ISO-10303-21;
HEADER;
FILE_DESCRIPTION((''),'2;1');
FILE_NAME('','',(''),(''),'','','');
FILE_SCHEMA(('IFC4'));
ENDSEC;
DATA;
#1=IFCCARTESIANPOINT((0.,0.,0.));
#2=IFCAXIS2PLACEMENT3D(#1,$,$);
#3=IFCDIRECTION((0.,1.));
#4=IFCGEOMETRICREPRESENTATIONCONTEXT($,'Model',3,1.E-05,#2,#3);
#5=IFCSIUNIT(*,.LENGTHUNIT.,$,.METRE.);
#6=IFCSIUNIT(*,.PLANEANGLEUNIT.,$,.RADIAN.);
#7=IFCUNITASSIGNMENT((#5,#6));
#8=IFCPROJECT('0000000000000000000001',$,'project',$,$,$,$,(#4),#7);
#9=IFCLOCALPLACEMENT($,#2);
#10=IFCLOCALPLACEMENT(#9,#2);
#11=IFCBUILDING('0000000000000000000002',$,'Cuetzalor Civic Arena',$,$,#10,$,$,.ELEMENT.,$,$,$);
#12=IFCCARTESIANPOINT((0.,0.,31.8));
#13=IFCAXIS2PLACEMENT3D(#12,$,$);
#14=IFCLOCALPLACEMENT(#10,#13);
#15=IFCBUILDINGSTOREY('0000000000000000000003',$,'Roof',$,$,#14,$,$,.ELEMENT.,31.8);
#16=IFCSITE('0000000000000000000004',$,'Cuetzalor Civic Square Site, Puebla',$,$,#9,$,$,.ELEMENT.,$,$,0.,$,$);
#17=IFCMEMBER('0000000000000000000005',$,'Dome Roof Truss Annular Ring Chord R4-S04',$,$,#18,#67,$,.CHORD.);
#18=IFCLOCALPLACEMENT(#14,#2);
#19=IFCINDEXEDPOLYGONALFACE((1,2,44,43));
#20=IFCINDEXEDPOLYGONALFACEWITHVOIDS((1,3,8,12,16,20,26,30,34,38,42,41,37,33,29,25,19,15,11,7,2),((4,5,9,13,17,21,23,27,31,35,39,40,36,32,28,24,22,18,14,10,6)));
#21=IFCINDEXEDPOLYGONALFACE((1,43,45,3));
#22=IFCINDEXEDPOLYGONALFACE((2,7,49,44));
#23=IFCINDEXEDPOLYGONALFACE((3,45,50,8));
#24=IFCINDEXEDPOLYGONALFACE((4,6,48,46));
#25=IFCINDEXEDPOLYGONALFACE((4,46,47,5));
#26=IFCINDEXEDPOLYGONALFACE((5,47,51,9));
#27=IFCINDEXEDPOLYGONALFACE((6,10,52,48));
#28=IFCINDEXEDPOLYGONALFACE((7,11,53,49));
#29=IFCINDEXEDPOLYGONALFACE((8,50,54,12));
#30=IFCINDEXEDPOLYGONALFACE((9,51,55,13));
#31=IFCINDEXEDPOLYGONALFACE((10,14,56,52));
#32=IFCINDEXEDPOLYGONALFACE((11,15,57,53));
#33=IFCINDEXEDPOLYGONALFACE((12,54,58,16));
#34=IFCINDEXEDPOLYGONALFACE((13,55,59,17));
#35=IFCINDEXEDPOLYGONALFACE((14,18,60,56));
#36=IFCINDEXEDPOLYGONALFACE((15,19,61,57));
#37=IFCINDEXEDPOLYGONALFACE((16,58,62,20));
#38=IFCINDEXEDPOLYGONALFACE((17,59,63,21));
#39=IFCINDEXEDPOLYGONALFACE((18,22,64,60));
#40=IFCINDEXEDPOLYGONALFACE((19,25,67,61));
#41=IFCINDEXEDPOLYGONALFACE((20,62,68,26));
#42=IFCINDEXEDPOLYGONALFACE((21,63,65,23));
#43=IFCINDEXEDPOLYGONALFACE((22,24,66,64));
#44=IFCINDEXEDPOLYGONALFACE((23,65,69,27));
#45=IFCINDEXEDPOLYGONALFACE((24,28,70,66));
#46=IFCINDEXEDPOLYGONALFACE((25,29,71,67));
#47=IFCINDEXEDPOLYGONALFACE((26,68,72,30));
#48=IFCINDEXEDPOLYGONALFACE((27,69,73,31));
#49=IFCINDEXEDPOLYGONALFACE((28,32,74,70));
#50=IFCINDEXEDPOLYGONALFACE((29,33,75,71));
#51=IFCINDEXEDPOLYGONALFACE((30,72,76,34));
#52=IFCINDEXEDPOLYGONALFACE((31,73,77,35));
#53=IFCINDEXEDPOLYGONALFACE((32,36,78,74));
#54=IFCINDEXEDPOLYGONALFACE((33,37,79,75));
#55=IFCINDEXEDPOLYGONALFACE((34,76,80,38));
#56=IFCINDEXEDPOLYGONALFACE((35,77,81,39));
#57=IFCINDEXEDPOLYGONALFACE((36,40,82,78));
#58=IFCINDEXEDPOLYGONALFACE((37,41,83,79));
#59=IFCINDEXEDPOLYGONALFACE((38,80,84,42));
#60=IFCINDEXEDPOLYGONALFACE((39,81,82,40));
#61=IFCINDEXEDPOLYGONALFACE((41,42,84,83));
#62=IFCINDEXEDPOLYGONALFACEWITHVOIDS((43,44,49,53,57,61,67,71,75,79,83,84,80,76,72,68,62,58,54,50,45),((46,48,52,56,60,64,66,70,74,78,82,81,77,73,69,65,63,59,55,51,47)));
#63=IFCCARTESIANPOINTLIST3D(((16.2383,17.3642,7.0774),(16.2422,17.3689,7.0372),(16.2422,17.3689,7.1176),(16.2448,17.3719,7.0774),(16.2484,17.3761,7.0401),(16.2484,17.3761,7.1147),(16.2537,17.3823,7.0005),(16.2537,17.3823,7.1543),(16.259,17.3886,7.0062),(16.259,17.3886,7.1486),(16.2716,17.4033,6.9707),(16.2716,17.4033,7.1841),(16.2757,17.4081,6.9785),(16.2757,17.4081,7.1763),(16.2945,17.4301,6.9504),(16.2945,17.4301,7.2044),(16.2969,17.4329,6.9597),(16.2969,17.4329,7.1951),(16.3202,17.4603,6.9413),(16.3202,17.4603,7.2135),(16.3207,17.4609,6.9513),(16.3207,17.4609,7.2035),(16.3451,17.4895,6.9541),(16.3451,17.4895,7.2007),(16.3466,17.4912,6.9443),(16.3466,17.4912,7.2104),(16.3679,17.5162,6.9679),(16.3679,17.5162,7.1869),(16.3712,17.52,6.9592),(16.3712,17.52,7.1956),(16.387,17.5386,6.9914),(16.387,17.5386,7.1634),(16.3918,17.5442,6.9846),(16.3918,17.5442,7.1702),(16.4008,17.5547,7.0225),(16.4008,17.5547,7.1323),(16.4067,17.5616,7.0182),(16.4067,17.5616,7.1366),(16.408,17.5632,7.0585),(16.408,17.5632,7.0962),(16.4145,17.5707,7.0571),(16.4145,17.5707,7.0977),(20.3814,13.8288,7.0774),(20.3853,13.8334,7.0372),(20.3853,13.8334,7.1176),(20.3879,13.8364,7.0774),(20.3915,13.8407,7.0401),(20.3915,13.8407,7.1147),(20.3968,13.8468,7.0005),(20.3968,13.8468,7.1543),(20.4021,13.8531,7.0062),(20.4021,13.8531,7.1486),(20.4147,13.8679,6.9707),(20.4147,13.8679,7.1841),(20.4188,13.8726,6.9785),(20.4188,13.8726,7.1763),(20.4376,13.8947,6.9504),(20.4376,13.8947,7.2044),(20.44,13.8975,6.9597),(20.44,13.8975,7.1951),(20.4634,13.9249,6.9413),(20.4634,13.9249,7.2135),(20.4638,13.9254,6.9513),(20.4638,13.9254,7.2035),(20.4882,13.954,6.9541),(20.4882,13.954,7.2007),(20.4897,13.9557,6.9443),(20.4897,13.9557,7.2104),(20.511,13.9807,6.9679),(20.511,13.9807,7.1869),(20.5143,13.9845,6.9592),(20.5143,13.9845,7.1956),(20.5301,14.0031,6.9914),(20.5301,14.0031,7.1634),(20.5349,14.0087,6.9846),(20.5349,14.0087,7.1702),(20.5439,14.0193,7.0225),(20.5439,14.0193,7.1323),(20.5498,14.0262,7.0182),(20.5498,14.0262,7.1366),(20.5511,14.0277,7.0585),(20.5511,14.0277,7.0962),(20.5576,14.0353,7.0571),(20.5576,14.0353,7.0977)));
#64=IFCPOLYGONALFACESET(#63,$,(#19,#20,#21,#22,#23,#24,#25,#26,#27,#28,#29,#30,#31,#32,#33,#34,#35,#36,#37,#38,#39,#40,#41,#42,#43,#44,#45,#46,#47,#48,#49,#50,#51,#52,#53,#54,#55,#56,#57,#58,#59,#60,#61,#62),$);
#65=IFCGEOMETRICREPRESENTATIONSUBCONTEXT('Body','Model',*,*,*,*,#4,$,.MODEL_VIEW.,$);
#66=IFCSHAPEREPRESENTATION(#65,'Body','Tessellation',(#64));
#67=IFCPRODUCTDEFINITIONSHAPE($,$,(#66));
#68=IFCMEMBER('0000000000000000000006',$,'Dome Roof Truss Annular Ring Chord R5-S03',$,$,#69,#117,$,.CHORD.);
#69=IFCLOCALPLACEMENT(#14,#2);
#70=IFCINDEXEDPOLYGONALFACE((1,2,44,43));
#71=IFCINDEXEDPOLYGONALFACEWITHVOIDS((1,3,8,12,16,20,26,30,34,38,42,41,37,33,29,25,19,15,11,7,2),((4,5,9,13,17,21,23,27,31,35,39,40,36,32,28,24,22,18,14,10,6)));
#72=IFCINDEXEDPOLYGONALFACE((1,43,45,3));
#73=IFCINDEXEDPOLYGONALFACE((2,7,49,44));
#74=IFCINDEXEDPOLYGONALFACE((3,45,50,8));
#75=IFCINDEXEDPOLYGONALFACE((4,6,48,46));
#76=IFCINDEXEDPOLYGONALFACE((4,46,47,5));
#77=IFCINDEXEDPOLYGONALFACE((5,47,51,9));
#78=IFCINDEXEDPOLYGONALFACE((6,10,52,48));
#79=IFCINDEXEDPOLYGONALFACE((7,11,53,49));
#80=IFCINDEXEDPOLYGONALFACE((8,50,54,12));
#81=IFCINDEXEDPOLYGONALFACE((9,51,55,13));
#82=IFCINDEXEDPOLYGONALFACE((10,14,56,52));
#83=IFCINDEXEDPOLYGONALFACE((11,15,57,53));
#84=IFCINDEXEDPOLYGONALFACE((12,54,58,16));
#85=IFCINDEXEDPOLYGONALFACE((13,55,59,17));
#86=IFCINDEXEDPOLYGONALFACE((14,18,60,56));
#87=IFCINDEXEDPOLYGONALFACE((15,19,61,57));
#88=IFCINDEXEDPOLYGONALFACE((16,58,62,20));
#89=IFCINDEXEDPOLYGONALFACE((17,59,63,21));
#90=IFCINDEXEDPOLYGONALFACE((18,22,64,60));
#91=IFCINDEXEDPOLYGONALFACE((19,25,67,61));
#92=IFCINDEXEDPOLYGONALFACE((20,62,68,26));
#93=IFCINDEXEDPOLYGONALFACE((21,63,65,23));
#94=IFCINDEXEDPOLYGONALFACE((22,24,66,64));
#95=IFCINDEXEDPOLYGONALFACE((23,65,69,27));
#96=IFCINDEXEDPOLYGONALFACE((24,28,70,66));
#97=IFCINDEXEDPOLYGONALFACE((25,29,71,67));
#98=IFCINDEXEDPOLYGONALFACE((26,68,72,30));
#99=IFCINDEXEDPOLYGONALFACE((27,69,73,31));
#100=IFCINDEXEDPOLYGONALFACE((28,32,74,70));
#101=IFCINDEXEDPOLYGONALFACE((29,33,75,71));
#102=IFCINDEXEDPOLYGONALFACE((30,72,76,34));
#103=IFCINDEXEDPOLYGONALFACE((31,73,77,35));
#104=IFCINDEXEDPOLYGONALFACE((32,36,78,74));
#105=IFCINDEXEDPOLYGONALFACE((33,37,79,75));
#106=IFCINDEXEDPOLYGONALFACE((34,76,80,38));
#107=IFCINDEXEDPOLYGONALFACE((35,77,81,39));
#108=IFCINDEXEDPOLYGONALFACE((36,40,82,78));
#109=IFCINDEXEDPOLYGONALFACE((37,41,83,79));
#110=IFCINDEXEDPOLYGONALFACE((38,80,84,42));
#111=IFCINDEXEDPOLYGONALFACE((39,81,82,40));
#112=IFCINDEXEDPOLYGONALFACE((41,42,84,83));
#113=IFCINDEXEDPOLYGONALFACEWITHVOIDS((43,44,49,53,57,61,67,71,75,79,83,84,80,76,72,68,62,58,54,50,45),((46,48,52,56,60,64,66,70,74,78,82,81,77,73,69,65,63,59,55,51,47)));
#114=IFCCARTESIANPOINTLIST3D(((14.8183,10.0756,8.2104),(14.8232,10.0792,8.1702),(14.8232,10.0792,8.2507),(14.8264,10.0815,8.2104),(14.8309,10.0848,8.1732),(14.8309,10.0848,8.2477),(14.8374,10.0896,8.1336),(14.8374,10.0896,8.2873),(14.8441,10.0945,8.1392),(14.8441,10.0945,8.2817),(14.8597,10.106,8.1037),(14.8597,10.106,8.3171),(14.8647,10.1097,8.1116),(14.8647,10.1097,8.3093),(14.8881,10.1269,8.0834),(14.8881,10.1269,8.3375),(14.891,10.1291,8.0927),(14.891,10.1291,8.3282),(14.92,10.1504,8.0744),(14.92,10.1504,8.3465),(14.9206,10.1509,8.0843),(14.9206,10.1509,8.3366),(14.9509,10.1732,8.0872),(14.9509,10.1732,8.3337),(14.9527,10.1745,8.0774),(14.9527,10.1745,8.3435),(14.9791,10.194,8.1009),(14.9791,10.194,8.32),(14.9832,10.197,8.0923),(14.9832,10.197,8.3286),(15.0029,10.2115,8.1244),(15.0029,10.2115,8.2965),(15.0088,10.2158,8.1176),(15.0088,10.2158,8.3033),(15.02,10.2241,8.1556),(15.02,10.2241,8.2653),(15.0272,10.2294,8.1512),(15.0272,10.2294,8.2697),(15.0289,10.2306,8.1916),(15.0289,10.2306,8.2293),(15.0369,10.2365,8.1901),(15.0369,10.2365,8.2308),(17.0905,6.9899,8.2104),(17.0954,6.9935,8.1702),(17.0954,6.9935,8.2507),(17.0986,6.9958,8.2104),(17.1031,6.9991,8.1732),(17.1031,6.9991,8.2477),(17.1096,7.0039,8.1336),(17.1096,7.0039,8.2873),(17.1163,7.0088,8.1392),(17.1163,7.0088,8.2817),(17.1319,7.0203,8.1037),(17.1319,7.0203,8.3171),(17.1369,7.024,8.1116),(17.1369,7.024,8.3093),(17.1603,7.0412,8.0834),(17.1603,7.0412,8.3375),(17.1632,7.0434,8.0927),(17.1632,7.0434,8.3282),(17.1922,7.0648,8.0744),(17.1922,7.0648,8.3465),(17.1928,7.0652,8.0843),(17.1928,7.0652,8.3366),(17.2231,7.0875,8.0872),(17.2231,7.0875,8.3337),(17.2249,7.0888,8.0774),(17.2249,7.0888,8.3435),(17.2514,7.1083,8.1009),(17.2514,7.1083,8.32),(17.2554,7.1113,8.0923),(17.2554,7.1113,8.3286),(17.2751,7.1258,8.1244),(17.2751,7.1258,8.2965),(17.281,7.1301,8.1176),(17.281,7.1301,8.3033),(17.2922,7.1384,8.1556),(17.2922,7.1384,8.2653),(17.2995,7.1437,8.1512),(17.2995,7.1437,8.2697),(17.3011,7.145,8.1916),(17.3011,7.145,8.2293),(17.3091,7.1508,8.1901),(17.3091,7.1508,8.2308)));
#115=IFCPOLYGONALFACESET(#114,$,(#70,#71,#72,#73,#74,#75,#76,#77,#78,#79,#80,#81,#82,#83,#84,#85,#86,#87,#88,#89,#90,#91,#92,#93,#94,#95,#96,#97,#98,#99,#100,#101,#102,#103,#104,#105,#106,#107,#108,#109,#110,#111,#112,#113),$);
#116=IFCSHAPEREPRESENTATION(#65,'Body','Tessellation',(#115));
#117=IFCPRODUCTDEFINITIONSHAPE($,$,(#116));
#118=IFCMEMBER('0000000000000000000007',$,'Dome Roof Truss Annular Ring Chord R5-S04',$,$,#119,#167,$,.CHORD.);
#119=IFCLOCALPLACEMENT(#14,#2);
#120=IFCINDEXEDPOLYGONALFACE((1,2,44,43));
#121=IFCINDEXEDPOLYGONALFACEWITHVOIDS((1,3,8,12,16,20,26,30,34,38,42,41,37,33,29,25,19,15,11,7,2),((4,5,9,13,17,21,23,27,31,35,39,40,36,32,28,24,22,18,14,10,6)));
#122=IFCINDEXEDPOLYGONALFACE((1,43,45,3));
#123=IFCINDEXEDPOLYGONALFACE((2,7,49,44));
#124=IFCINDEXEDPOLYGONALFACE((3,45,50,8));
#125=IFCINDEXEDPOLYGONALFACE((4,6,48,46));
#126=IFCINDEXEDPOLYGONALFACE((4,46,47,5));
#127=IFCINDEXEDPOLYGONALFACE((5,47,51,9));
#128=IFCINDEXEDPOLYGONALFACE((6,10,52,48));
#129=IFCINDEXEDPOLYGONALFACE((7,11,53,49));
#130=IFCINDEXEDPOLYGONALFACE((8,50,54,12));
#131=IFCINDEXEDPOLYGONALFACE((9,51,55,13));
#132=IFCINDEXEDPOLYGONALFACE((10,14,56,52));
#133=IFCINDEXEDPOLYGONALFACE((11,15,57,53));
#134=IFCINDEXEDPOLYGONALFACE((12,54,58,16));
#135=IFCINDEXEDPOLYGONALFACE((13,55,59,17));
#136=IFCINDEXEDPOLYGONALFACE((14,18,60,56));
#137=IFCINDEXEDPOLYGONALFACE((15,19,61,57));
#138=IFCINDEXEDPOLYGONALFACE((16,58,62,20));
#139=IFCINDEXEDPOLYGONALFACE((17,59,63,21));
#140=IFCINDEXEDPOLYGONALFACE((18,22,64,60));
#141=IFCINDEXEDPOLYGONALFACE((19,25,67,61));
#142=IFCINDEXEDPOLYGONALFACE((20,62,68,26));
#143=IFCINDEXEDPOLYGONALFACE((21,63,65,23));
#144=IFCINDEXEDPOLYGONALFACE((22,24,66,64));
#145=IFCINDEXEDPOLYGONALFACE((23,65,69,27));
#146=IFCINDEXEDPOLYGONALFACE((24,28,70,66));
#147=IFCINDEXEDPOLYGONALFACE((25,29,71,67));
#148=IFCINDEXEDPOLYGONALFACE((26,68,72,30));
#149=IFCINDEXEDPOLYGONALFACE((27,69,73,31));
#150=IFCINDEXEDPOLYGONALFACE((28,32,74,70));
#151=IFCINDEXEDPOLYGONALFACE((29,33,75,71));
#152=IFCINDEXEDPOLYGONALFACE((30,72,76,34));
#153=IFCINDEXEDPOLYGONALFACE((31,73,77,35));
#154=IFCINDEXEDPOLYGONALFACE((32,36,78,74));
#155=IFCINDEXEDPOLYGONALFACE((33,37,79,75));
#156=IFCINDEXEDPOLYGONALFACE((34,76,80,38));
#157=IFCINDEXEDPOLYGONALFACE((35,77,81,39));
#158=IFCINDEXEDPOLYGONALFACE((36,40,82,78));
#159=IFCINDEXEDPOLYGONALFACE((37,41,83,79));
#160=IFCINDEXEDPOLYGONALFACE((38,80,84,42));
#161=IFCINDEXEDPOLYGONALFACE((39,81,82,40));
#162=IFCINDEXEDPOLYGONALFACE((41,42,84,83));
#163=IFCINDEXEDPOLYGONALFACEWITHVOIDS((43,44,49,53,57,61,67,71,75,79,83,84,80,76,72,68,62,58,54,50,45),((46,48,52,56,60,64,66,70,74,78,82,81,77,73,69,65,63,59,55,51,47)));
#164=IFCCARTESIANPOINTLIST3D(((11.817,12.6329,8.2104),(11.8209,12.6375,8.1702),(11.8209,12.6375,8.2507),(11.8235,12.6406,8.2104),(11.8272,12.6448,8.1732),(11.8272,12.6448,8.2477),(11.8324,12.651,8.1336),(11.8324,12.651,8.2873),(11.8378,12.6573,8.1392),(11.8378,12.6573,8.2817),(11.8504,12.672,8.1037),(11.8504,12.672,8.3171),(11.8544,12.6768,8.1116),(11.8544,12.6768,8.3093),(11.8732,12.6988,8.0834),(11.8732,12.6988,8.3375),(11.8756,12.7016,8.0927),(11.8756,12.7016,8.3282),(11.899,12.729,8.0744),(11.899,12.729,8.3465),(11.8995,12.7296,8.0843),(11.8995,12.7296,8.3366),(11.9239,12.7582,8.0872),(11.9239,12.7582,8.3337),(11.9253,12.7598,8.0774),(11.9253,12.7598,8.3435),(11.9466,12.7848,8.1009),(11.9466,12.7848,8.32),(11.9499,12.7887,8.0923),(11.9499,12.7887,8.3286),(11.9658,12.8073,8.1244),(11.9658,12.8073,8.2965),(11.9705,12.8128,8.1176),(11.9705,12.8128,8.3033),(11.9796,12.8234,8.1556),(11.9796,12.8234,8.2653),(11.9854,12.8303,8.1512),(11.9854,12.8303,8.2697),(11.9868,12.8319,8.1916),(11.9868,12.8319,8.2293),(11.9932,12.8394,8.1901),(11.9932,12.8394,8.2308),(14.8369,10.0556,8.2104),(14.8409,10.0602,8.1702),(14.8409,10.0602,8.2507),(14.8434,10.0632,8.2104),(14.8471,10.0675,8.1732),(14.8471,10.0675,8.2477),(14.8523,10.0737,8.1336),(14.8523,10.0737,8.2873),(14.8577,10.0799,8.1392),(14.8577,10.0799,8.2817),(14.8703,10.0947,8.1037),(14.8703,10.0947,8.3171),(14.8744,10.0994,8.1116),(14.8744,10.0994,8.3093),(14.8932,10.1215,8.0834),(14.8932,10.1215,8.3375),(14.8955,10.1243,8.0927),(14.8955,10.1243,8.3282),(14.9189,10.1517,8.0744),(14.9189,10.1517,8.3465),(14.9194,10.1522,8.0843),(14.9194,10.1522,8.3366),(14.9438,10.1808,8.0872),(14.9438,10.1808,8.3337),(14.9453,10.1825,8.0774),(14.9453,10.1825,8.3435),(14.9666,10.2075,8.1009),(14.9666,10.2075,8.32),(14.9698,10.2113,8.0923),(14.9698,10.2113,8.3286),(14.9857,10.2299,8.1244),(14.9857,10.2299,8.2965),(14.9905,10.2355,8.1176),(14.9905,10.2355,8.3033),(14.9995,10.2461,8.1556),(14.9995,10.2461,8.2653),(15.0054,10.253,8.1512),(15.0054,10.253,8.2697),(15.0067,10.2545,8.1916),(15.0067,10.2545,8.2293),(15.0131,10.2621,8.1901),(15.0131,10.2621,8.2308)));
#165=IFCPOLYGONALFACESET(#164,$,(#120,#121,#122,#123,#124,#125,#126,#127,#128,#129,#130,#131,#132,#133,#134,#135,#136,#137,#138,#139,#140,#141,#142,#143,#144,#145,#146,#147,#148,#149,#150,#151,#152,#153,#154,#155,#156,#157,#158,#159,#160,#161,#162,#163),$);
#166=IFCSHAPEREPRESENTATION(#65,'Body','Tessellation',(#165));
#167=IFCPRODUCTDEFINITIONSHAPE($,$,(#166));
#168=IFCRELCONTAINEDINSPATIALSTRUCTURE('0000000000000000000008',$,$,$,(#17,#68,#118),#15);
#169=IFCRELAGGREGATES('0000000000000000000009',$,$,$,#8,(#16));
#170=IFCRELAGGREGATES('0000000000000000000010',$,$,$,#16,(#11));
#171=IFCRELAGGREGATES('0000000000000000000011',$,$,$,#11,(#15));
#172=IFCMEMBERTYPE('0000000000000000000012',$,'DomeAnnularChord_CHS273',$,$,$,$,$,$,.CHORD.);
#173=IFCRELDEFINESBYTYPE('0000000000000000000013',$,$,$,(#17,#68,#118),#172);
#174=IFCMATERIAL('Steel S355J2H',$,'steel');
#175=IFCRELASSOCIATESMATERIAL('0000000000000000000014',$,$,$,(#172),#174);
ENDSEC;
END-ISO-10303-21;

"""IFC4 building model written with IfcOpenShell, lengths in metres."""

from ifc_helpers import new_model, si_unit, direction, frame, origin, origin_2d, place, context, subcontext, project, spatial, hollow_circle, extrude, material, material_profile, profile_set, type_object, element, save


model = new_model("IFC4")

# Units and contexts
model_context = context("Model", 3, precision=1e-05, world=origin(), true_north=direction((0.0, 1.0)))
body_context = subcontext(model_context, "Body", "Model", "MODEL_VIEW")
ifc_project = project(units=[si_unit("LENGTHUNIT", "METRE"), si_unit("PLANEANGLEUNIT", "RADIAN")], contexts=[model_context])

# Site, building, storey
site_placement = place(None, origin())
site = spatial("IfcSite", under=ifc_project, at=site_placement, Name="Cuetzalor Civic Square Site, Puebla", CompositionType="ELEMENT", RefElevation=0.0)
building_placement = place(site_placement, origin())
building = spatial("IfcBuilding", under=site, at=building_placement, Name="Cuetzalor Civic Arena", CompositionType="ELEMENT")
storey_placement = place(building_placement, frame((0.0, 0.0, 31.8)))
storey = spatial("IfcBuildingStorey", under=building, at=storey_placement, Name="Roof", CompositionType="ELEMENT", Elevation=31.8)

# Members
ifc_material_1 = material(Name="Steel S355J2H", Category="steel")
ifc_material_profile_1 = material_profile(ifc_material_1, hollow_circle(Radius=0.1365, WallThickness=0.01, at=origin_2d()), Name="CHS 273x10")
ifc_profile_set_1 = profile_set([ifc_material_profile_1], Name="Steel S355J2H")
member_type_1 = type_object("IfcMemberType", Name="DomeAnnularChord_CHS273", PredefinedType="CHORD", material=ifc_profile_set_1)
member_1_placement = place(storey_placement, frame((20.47, 13.9326, 7.0774), z_axis=(-0.760688, 0.649118, 0.0), x_axis=(-0.649118, -0.760688, 0.0)))
element("IfcMember", 1, at=member_1_placement, inside=storey, type_object=member_type_1, Name="Dome Roof Truss Annular Ring Chord R4-S04", PredefinedType="CHORD", context=body_context, shape_type="SweptSolid", body=[
    extrude(hollow_circle(Radius=0.1365, WallThickness=0.01, at=origin_2d()), origin(), (0.0, 0.0, 1.0), 5.4465),
])
member_2_placement = place(storey_placement, frame((17.2004, 7.0708, 8.2104), z_axis=(-0.592953, 0.805237, 0.0), x_axis=(-0.805237, -0.592953, 0.0)))
element("IfcMember", 2, at=member_2_placement, inside=storey, type_object=member_type_1, Name="Dome Roof Truss Annular Ring Chord R5-S03", PredefinedType="CHORD", context=body_context, shape_type="SweptSolid", body=[
    extrude(hollow_circle(Radius=0.1365, WallThickness=0.01, at=origin_2d()), origin(), (0.0, 0.0, 1.0), 3.832),
])
member_3_placement = place(storey_placement, frame((14.9255, 10.1594, 8.2104), z_axis=(-0.760648, 0.649164, 0.0), x_axis=(-0.649164, -0.760648, 0.0)))
element("IfcMember", 3, at=member_3_placement, inside=storey, type_object=member_type_1, Name="Dome Roof Truss Annular Ring Chord R5-S04", PredefinedType="CHORD", context=body_context, shape_type="SweptSolid", body=[
    extrude(hollow_circle(Radius=0.1365, WallThickness=0.01, at=origin_2d()), origin(), (0.0, 0.0, 1.0), 3.9702),
])

save(model, "model.ifc")
